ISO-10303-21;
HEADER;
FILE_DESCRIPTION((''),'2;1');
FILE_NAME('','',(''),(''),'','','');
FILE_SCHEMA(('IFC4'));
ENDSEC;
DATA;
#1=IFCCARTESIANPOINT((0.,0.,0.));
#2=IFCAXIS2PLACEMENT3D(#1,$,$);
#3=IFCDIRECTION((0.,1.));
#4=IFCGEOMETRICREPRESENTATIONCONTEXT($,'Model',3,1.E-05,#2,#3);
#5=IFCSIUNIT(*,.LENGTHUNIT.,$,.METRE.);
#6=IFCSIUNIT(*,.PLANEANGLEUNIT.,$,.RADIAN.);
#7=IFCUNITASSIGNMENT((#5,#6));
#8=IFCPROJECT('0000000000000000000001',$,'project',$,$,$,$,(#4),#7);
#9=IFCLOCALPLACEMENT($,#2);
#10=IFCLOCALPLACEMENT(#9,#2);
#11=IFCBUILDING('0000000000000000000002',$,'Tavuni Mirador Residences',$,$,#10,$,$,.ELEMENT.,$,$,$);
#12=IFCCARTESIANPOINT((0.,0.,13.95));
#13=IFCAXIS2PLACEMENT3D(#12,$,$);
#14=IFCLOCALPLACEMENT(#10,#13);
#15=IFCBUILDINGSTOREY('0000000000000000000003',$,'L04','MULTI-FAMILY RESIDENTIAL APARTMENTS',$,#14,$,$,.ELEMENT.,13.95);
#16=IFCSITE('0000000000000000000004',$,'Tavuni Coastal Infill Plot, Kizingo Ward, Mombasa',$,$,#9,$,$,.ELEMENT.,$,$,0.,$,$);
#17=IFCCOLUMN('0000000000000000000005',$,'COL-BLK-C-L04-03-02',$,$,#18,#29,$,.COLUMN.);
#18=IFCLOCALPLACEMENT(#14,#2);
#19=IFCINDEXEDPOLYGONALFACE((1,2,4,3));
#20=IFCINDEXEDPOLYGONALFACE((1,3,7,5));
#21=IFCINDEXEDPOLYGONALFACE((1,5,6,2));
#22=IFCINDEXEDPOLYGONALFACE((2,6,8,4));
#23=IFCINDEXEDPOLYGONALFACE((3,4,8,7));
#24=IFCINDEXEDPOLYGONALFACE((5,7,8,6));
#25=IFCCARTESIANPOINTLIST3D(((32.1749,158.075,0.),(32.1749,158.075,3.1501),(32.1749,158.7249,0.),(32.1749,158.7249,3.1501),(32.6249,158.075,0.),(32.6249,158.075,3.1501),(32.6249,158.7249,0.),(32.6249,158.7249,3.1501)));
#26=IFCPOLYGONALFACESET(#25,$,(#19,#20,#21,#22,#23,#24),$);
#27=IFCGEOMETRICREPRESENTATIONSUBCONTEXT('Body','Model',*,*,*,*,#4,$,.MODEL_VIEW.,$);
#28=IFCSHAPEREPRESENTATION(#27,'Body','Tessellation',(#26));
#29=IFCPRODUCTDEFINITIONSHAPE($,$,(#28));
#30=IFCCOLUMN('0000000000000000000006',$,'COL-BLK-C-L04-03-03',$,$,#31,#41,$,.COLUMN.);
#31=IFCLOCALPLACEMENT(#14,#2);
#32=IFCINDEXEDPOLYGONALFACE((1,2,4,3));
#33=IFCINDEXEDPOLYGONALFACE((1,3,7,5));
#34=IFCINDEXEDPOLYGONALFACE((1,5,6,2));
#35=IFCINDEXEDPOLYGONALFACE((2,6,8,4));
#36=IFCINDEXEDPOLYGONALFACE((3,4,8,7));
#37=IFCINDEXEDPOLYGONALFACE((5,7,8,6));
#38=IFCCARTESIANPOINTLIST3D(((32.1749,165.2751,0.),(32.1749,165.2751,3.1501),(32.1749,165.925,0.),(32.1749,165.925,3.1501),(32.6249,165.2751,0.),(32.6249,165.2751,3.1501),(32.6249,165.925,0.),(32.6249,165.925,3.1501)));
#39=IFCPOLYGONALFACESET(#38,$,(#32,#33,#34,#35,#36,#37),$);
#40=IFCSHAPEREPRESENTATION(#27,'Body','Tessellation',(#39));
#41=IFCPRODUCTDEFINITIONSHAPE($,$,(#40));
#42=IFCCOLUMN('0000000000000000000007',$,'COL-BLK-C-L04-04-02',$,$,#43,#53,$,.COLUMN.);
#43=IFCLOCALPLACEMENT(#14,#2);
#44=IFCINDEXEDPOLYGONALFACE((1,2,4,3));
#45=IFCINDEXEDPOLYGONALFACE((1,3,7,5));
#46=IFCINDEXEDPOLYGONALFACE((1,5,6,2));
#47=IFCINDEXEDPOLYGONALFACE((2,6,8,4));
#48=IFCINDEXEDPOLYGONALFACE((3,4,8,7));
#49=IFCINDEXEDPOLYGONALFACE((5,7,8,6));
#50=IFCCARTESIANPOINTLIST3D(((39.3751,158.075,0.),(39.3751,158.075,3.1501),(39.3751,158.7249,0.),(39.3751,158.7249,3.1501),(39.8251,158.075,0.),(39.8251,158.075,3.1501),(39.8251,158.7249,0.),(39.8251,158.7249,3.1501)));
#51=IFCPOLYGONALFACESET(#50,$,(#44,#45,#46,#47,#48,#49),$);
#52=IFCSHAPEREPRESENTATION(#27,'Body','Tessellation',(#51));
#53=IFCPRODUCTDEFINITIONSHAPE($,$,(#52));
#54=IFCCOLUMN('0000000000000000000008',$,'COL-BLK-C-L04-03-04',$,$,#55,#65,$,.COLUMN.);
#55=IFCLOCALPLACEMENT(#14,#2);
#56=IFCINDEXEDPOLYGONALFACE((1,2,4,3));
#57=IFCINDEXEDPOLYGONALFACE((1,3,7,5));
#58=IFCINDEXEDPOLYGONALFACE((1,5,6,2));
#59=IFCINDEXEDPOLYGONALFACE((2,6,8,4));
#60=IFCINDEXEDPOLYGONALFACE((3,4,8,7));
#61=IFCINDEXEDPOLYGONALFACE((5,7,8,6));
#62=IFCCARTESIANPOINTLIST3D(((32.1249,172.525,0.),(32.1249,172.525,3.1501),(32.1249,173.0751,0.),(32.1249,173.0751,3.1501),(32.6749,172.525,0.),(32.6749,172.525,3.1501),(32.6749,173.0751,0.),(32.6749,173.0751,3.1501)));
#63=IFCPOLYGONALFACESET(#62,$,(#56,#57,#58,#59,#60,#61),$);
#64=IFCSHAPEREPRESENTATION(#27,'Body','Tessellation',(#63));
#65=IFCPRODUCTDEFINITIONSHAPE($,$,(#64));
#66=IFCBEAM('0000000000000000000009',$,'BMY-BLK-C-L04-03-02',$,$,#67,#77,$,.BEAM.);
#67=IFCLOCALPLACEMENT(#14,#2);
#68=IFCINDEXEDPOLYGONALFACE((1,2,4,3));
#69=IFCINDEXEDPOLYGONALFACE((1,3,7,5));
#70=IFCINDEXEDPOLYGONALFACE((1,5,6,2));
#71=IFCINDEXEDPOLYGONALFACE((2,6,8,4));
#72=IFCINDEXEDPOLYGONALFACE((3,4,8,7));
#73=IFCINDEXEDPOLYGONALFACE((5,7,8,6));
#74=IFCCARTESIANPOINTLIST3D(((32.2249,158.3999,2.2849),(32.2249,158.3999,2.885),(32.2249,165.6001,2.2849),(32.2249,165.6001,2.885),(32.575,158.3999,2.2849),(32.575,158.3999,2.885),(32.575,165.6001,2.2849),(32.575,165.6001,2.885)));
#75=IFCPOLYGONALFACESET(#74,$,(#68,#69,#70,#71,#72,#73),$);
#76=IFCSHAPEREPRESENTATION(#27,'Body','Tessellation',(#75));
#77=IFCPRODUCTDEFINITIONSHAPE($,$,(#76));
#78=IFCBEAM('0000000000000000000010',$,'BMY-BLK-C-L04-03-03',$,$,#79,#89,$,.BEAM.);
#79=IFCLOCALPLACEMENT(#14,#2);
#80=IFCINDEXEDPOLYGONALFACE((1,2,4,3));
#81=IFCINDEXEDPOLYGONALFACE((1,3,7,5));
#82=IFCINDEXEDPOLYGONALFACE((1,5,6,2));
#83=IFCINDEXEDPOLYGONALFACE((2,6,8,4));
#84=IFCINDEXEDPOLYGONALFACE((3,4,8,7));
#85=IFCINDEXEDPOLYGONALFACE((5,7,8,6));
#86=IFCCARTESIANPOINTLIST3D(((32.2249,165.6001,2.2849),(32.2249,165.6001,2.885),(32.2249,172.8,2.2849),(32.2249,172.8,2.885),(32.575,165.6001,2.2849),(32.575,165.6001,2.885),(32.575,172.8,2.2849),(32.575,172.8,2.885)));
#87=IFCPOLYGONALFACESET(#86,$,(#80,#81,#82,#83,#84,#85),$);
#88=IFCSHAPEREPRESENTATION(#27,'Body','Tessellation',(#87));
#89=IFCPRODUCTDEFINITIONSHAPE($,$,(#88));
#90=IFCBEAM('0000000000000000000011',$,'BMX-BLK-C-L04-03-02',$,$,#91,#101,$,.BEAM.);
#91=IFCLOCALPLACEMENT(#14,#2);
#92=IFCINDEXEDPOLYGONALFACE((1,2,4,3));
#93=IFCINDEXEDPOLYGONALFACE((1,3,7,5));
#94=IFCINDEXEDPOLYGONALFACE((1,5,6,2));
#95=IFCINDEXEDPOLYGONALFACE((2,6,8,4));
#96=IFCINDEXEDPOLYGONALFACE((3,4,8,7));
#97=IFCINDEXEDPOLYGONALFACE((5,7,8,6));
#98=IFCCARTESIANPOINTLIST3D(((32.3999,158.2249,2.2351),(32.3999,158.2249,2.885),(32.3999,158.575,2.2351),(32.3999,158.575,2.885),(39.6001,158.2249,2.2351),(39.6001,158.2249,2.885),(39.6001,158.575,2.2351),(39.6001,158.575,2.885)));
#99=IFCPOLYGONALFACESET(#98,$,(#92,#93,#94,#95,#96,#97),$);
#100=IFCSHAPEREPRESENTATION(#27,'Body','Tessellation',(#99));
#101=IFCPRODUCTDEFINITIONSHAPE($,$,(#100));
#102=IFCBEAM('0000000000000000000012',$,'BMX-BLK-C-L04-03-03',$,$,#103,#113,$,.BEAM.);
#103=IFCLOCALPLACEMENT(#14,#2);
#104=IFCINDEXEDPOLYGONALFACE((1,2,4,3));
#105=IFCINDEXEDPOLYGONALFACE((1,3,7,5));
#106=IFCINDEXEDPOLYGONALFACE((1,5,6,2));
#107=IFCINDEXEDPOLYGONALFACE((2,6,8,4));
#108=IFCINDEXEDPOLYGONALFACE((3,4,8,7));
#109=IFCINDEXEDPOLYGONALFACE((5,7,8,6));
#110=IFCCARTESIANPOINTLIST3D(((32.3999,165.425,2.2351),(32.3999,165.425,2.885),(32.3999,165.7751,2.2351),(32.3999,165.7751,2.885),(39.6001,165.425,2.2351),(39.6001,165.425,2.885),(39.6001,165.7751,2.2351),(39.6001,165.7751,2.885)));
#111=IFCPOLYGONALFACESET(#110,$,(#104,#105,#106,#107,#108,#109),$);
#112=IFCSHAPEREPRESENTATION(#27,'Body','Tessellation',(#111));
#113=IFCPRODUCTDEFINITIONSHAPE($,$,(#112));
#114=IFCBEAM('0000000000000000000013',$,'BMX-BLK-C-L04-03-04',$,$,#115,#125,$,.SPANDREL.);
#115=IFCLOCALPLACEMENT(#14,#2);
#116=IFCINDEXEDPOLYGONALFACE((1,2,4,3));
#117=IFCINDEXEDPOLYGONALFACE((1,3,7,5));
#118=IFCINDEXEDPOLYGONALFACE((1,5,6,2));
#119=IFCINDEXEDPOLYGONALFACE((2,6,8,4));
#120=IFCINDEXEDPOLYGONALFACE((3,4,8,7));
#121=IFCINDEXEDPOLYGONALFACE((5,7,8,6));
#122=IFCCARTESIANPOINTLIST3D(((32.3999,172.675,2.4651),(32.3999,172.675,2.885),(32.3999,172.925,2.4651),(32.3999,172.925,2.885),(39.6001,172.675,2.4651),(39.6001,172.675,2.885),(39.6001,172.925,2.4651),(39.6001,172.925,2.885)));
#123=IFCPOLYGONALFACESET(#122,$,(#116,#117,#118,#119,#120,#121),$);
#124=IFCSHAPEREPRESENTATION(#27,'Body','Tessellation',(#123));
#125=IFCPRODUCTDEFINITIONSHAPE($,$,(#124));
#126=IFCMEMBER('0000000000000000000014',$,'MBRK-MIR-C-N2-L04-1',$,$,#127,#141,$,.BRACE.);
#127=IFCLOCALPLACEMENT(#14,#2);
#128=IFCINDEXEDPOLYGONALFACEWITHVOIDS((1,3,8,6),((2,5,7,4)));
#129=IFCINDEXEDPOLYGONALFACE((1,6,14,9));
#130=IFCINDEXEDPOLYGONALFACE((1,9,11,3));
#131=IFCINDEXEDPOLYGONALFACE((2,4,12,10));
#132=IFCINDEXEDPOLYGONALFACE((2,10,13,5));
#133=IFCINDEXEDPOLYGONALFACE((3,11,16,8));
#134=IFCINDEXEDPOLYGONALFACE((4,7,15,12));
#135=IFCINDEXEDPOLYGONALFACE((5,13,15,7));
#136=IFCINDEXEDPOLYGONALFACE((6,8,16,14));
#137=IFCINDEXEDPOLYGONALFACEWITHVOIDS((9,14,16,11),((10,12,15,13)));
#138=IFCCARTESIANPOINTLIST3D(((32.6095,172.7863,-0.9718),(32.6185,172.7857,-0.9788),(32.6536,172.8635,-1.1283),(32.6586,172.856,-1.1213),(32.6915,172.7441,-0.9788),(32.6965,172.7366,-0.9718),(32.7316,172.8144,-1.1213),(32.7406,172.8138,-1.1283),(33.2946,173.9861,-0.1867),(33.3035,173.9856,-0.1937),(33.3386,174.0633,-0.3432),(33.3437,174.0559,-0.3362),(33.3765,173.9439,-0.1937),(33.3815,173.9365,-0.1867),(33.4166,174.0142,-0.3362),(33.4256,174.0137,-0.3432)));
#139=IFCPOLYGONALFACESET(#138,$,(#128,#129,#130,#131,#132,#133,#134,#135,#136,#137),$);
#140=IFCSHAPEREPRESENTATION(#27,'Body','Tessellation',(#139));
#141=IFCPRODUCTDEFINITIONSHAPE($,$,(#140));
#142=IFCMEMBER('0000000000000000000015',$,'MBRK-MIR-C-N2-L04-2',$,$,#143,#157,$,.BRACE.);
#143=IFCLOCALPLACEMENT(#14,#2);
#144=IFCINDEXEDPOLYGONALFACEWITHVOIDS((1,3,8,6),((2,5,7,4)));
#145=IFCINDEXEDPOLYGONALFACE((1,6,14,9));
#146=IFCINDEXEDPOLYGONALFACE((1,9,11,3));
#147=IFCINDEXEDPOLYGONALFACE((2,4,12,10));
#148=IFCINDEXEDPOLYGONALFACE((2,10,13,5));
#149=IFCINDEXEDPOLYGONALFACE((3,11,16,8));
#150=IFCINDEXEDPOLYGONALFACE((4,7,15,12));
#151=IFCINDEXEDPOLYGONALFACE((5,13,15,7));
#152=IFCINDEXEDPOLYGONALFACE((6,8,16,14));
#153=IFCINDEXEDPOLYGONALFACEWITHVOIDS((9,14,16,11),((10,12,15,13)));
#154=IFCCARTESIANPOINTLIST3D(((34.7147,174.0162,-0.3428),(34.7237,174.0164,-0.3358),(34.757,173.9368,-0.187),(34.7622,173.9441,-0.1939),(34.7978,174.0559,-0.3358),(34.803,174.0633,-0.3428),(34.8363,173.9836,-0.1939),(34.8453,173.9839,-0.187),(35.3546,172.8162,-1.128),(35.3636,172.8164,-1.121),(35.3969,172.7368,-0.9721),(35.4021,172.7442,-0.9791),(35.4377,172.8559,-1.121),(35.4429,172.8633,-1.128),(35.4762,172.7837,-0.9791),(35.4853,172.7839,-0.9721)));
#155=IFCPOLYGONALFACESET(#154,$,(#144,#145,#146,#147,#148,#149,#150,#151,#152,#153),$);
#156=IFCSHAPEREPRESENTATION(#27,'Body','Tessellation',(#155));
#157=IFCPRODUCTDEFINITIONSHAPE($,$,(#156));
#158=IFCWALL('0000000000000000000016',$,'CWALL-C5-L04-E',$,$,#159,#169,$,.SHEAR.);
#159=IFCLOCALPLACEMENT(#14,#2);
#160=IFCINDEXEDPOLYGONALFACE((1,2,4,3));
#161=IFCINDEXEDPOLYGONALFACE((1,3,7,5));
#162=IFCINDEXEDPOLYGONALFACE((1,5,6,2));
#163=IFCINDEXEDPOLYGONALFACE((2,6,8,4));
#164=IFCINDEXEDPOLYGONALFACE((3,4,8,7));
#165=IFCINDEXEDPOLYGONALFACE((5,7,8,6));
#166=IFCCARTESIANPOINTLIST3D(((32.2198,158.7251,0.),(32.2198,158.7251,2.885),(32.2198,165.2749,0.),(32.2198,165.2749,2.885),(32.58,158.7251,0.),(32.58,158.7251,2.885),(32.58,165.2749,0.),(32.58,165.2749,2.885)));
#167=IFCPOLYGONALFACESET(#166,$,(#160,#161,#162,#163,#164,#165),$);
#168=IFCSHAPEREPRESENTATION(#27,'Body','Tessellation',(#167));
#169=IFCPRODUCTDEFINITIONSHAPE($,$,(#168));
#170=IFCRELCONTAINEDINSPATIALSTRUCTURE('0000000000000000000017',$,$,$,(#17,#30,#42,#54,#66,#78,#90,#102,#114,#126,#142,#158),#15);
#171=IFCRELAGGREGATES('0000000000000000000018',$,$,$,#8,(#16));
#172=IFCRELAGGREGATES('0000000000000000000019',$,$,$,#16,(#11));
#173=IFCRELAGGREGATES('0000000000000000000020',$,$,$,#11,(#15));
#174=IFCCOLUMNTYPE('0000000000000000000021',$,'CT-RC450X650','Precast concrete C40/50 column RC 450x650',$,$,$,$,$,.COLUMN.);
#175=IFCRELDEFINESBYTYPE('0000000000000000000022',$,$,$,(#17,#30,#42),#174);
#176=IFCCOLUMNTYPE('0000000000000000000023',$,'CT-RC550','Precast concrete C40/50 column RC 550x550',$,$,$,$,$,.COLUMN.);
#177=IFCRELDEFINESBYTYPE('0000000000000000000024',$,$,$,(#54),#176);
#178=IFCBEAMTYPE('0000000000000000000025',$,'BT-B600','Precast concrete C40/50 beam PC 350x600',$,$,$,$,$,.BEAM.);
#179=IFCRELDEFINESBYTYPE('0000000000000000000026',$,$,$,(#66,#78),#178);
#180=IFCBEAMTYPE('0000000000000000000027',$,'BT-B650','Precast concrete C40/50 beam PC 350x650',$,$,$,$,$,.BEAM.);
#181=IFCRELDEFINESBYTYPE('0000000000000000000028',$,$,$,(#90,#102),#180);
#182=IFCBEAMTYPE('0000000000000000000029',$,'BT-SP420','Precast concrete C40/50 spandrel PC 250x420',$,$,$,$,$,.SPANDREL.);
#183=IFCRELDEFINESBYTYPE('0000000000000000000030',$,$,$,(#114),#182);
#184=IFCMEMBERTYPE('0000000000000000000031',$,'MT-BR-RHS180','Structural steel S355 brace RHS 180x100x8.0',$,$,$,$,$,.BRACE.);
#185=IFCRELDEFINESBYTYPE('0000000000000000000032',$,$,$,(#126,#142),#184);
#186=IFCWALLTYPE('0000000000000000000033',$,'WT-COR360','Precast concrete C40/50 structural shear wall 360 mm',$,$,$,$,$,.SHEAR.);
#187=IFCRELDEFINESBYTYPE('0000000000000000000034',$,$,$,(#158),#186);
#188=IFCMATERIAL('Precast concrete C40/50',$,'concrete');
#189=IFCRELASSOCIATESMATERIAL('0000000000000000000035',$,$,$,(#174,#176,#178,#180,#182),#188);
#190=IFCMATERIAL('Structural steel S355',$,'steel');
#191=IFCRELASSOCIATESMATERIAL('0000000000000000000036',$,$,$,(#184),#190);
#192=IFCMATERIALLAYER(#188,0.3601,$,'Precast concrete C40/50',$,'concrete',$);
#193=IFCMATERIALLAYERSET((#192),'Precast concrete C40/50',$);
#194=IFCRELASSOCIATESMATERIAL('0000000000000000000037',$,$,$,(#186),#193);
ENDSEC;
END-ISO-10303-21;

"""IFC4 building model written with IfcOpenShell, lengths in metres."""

from ifc_helpers import new_model, si_unit, direction, frame, frame_2d, origin, origin_2d, place, context, subcontext, project, spatial, rectangle, hollow_rectangle, extrude, material, layer, layer_set, material_profile, profile_set, type_object, element, save


model = new_model("IFC4")

# Units and contexts
model_context = context("Model", 3, precision=1e-05, world=origin(), true_north=direction((0.0, 1.0)))
body_context = subcontext(model_context, "Body", "Model", "MODEL_VIEW")
ifc_project = project(units=[si_unit("LENGTHUNIT", "METRE"), si_unit("PLANEANGLEUNIT", "RADIAN")], contexts=[model_context])

# Site, building, storey
site_placement = place(None, origin())
site = spatial("IfcSite", under=ifc_project, at=site_placement, Name="Tavuni Coastal Infill Plot, Kizingo Ward, Mombasa", CompositionType="ELEMENT", RefElevation=0.0)
building_placement = place(site_placement, origin())
building = spatial("IfcBuilding", under=site, at=building_placement, Name="Tavuni Mirador Residences", CompositionType="ELEMENT")
storey_placement = place(building_placement, frame((0.0, 0.0, 13.95)))
storey = spatial("IfcBuildingStorey", under=building, at=storey_placement, Name="L04", Description="MULTI-FAMILY RESIDENTIAL APARTMENTS", CompositionType="ELEMENT", Elevation=13.95)

# Columns
ifc_material_1 = material(Name="Precast concrete C40/50", Category="concrete")
ifc_material_profile_1 = material_profile(ifc_material_1, rectangle(XDim=0.45, YDim=0.6499, at=origin_2d()), Name="RC 450x650", Category="concrete")
ifc_profile_set_1 = profile_set([ifc_material_profile_1], Name="Precast concrete C40/50")
column_type_1 = type_object("IfcColumnType", Name="CT-RC450X650", Description="Precast concrete C40/50 column RC 450x650", PredefinedType="COLUMN", material=ifc_profile_set_1)
for number, where, z_axis, x_axis, name in (
    (1, (32.3999, 158.3999, 0.0), (0.0, 0.0, 1.0), (1.0, 0.0, 0.0), "COL-BLK-C-L04-03-02"),
    (2, (32.3999, 165.6001, 0.0), (0.0, 0.0, 1.0), (1.0, 0.0, 0.0), "COL-BLK-C-L04-03-03"),
    (3, (39.6001, 158.3999, 0.0), (0.0, 0.0, 1.0), (1.0, 0.0, 0.0), "COL-BLK-C-L04-04-02"),
):
    element("IfcColumn", number, at=place(storey_placement, frame(where, z_axis=z_axis, x_axis=x_axis)), inside=storey, type_object=column_type_1, Name=name, PredefinedType="COLUMN", context=body_context, shape_type="SweptSolid", body=[
        extrude(rectangle(XDim=0.45, YDim=0.6499, at=origin_2d()), origin(), (0.0, 0.0, 1.0), 3.1501),
    ])
ifc_material_profile_2 = material_profile(ifc_material_1, rectangle(XDim=0.55, YDim=0.55, at=origin_2d()), Name="RC 550x550", Category="concrete")
ifc_profile_set_2 = profile_set([ifc_material_profile_2], Name="Precast concrete C40/50")
column_type_2 = type_object("IfcColumnType", Name="CT-RC550", Description="Precast concrete C40/50 column RC 550x550", PredefinedType="COLUMN", material=ifc_profile_set_2)
column_placement = place(storey_placement, frame((32.3999, 172.8, 0.0), z_axis=(0.0, 0.0, 1.0), x_axis=(1.0, 0.0, 0.0)))
element("IfcColumn", 4, at=column_placement, inside=storey, type_object=column_type_2, Name="COL-BLK-C-L04-03-04", PredefinedType="COLUMN", context=body_context, shape_type="SweptSolid", body=[
    extrude(rectangle(XDim=0.55, YDim=0.55, at=origin_2d()), origin(), (0.0, 0.0, 1.0), 3.1501),
])

# Beams
ifc_material_profile_3 = material_profile(ifc_material_1, rectangle(XDim=0.3501, YDim=0.6001, at=origin_2d()), Name="PC 350x600", Category="concrete")
ifc_profile_set_3 = profile_set([ifc_material_profile_3], Name="Precast concrete C40/50")
beam_type_1 = type_object("IfcBeamType", Name="BT-B600", Description="Precast concrete C40/50 beam PC 350x600", PredefinedType="BEAM", material=ifc_profile_set_3)
beam_1_placement = place(storey_placement, frame((32.3999, 158.3999, 2.585), z_axis=(0.0, 1.0, 0.0), x_axis=(-1.0, 0.0, 0.0)))
element("IfcBeam", 5, at=beam_1_placement, inside=storey, type_object=beam_type_1, Name="BMY-BLK-C-L04-03-02", PredefinedType="BEAM", context=body_context, shape_type="SweptSolid", body=[
    extrude(rectangle(XDim=0.3501, YDim=0.6001, at=origin_2d()), origin(), (0.0, 0.0, 1.0), 7.2002),
])
beam_2_placement = place(storey_placement, frame((32.3999, 165.6001, 2.585), z_axis=(0.0, 1.0, 0.0), x_axis=(-1.0, 0.0, 0.0)))
element("IfcBeam", 6, at=beam_2_placement, inside=storey, type_object=beam_type_1, Name="BMY-BLK-C-L04-03-03", PredefinedType="BEAM", context=body_context, shape_type="SweptSolid", body=[
    extrude(rectangle(XDim=0.3501, YDim=0.6001, at=origin_2d()), origin(), (0.0, 0.0, 1.0), 7.2),
])
ifc_material_profile_4 = material_profile(ifc_material_1, rectangle(XDim=0.3501, YDim=0.6499, at=origin_2d()), Name="PC 350x650", Category="concrete")
ifc_profile_set_4 = profile_set([ifc_material_profile_4], Name="Precast concrete C40/50")
beam_type_2 = type_object("IfcBeamType", Name="BT-B650", Description="Precast concrete C40/50 beam PC 350x650", PredefinedType="BEAM", material=ifc_profile_set_4)
for number, where, z_axis, x_axis, name in (
    (7, (32.3999, 158.3999, 2.5601), (1.0, 0.0, 0.0), (0.0, 1.0, 0.0), "BMX-BLK-C-L04-03-02"),
    (8, (32.3999, 165.6001, 2.5601), (1.0, 0.0, 0.0), (0.0, 1.0, 0.0), "BMX-BLK-C-L04-03-03"),
):
    element("IfcBeam", number, at=place(storey_placement, frame(where, z_axis=z_axis, x_axis=x_axis)), inside=storey, type_object=beam_type_2, Name=name, PredefinedType="BEAM", context=body_context, shape_type="SweptSolid", body=[
        extrude(rectangle(XDim=0.3501, YDim=0.6499, at=origin_2d()), origin(), (0.0, 0.0, 1.0), 7.2002),
    ])
ifc_material_profile_5 = material_profile(ifc_material_1, rectangle(XDim=0.25, YDim=0.4199, at=origin_2d()), Name="PC 250x420", Category="concrete")
ifc_profile_set_5 = profile_set([ifc_material_profile_5], Name="Precast concrete C40/50")
beam_type_3 = type_object("IfcBeamType", Name="BT-SP420", Description="Precast concrete C40/50 spandrel PC 250x420", PredefinedType="SPANDREL", material=ifc_profile_set_5)
beam_3_placement = place(storey_placement, frame((32.3999, 172.8, 2.675), z_axis=(1.0, 0.0, 0.0), x_axis=(0.0, 1.0, 0.0)))
element("IfcBeam", 9, at=beam_3_placement, inside=storey, type_object=beam_type_3, Name="BMX-BLK-C-L04-03-04", PredefinedType="SPANDREL", context=body_context, shape_type="SweptSolid", body=[
    extrude(rectangle(XDim=0.25, YDim=0.4199, at=origin_2d()), origin(), (0.0, 0.0, 1.0), 7.2002),
])

# Members
ifc_material_2 = material(Name="Structural steel S355", Category="steel")
ifc_material_profile_6 = material_profile(ifc_material_2, hollow_rectangle(XDim=0.1001, YDim=0.1799, WallThickness=0.0081, at=origin_2d()), Name="RHS 180x100x8.0", Category="steel")
ifc_profile_set_6 = profile_set([ifc_material_profile_6], Name="Structural steel S355")
member_type = type_object("IfcMemberType", Name="MT-BR-RHS180", Description="Structural steel S355 brace RHS 180x100x8.0", PredefinedType="BRACE", material=ifc_profile_set_6)
member_1_placement = place(storey_placement, frame((32.675, 172.8, -1.05), z_axis=(0.431063, 0.755051, 0.494048), x_axis=(-0.868439, 0.495796, 0.0)))
element("IfcMember", 10, at=member_1_placement, inside=storey, type_object=member_type, Name="MBRK-MIR-C-N2-L04-1", PredefinedType="BRACE", context=body_context, shape_type="SweptSolid", body=[
    extrude(hollow_rectangle(XDim=0.1001, YDim=0.1799, WallThickness=0.0081, at=origin_2d()), origin(), (0.0, 0.0, 1.0), 1.5891),
])
member_2_placement = place(storey_placement, frame((35.4199, 172.8, -1.05), z_axis=(-0.407499, 0.764158, 0.500007), x_axis=(-0.882378, -0.470542, 0.0)))
element("IfcMember", 11, at=member_2_placement, inside=storey, type_object=member_type, Name="MBRK-MIR-C-N2-L04-2", PredefinedType="BRACE", context=body_context, shape_type="SweptSolid", body=[
    extrude(hollow_rectangle(XDim=0.1001, YDim=0.1799, WallThickness=0.0081, at=origin_2d()), origin(), (0.0, 0.0, 1.0), 1.5703),
])

# Wall
ifc_layer_1 = layer(ifc_material_1, 0.3601, Name="Precast concrete C40/50", Category="concrete")
ifc_layer_set_1 = layer_set([ifc_layer_1], Name="Precast concrete C40/50")
wall_type_1 = type_object("IfcWallType", Name="WT-COR360", Description="Precast concrete C40/50 structural shear wall 360 mm", PredefinedType="SHEAR", material=ifc_layer_set_1)
wall_1_placement = place(storey_placement, frame((32.3999, 158.7251, 0.0), z_axis=(0.0, 0.0, 1.0), x_axis=(0.0, 1.0, 0.0)))
element("IfcWall", 12, at=wall_1_placement, inside=storey, type_object=wall_type_1, Name="CWALL-C5-L04-E", PredefinedType="SHEAR", context=body_context, shape_type="SweptSolid", body=[
    extrude(rectangle(XDim=6.5498, YDim=0.3601, at=frame_2d((3.2749, 0.0))), origin(), (0.0, 0.0, 1.0), 2.885),
])

save(model, "model.ifc")
